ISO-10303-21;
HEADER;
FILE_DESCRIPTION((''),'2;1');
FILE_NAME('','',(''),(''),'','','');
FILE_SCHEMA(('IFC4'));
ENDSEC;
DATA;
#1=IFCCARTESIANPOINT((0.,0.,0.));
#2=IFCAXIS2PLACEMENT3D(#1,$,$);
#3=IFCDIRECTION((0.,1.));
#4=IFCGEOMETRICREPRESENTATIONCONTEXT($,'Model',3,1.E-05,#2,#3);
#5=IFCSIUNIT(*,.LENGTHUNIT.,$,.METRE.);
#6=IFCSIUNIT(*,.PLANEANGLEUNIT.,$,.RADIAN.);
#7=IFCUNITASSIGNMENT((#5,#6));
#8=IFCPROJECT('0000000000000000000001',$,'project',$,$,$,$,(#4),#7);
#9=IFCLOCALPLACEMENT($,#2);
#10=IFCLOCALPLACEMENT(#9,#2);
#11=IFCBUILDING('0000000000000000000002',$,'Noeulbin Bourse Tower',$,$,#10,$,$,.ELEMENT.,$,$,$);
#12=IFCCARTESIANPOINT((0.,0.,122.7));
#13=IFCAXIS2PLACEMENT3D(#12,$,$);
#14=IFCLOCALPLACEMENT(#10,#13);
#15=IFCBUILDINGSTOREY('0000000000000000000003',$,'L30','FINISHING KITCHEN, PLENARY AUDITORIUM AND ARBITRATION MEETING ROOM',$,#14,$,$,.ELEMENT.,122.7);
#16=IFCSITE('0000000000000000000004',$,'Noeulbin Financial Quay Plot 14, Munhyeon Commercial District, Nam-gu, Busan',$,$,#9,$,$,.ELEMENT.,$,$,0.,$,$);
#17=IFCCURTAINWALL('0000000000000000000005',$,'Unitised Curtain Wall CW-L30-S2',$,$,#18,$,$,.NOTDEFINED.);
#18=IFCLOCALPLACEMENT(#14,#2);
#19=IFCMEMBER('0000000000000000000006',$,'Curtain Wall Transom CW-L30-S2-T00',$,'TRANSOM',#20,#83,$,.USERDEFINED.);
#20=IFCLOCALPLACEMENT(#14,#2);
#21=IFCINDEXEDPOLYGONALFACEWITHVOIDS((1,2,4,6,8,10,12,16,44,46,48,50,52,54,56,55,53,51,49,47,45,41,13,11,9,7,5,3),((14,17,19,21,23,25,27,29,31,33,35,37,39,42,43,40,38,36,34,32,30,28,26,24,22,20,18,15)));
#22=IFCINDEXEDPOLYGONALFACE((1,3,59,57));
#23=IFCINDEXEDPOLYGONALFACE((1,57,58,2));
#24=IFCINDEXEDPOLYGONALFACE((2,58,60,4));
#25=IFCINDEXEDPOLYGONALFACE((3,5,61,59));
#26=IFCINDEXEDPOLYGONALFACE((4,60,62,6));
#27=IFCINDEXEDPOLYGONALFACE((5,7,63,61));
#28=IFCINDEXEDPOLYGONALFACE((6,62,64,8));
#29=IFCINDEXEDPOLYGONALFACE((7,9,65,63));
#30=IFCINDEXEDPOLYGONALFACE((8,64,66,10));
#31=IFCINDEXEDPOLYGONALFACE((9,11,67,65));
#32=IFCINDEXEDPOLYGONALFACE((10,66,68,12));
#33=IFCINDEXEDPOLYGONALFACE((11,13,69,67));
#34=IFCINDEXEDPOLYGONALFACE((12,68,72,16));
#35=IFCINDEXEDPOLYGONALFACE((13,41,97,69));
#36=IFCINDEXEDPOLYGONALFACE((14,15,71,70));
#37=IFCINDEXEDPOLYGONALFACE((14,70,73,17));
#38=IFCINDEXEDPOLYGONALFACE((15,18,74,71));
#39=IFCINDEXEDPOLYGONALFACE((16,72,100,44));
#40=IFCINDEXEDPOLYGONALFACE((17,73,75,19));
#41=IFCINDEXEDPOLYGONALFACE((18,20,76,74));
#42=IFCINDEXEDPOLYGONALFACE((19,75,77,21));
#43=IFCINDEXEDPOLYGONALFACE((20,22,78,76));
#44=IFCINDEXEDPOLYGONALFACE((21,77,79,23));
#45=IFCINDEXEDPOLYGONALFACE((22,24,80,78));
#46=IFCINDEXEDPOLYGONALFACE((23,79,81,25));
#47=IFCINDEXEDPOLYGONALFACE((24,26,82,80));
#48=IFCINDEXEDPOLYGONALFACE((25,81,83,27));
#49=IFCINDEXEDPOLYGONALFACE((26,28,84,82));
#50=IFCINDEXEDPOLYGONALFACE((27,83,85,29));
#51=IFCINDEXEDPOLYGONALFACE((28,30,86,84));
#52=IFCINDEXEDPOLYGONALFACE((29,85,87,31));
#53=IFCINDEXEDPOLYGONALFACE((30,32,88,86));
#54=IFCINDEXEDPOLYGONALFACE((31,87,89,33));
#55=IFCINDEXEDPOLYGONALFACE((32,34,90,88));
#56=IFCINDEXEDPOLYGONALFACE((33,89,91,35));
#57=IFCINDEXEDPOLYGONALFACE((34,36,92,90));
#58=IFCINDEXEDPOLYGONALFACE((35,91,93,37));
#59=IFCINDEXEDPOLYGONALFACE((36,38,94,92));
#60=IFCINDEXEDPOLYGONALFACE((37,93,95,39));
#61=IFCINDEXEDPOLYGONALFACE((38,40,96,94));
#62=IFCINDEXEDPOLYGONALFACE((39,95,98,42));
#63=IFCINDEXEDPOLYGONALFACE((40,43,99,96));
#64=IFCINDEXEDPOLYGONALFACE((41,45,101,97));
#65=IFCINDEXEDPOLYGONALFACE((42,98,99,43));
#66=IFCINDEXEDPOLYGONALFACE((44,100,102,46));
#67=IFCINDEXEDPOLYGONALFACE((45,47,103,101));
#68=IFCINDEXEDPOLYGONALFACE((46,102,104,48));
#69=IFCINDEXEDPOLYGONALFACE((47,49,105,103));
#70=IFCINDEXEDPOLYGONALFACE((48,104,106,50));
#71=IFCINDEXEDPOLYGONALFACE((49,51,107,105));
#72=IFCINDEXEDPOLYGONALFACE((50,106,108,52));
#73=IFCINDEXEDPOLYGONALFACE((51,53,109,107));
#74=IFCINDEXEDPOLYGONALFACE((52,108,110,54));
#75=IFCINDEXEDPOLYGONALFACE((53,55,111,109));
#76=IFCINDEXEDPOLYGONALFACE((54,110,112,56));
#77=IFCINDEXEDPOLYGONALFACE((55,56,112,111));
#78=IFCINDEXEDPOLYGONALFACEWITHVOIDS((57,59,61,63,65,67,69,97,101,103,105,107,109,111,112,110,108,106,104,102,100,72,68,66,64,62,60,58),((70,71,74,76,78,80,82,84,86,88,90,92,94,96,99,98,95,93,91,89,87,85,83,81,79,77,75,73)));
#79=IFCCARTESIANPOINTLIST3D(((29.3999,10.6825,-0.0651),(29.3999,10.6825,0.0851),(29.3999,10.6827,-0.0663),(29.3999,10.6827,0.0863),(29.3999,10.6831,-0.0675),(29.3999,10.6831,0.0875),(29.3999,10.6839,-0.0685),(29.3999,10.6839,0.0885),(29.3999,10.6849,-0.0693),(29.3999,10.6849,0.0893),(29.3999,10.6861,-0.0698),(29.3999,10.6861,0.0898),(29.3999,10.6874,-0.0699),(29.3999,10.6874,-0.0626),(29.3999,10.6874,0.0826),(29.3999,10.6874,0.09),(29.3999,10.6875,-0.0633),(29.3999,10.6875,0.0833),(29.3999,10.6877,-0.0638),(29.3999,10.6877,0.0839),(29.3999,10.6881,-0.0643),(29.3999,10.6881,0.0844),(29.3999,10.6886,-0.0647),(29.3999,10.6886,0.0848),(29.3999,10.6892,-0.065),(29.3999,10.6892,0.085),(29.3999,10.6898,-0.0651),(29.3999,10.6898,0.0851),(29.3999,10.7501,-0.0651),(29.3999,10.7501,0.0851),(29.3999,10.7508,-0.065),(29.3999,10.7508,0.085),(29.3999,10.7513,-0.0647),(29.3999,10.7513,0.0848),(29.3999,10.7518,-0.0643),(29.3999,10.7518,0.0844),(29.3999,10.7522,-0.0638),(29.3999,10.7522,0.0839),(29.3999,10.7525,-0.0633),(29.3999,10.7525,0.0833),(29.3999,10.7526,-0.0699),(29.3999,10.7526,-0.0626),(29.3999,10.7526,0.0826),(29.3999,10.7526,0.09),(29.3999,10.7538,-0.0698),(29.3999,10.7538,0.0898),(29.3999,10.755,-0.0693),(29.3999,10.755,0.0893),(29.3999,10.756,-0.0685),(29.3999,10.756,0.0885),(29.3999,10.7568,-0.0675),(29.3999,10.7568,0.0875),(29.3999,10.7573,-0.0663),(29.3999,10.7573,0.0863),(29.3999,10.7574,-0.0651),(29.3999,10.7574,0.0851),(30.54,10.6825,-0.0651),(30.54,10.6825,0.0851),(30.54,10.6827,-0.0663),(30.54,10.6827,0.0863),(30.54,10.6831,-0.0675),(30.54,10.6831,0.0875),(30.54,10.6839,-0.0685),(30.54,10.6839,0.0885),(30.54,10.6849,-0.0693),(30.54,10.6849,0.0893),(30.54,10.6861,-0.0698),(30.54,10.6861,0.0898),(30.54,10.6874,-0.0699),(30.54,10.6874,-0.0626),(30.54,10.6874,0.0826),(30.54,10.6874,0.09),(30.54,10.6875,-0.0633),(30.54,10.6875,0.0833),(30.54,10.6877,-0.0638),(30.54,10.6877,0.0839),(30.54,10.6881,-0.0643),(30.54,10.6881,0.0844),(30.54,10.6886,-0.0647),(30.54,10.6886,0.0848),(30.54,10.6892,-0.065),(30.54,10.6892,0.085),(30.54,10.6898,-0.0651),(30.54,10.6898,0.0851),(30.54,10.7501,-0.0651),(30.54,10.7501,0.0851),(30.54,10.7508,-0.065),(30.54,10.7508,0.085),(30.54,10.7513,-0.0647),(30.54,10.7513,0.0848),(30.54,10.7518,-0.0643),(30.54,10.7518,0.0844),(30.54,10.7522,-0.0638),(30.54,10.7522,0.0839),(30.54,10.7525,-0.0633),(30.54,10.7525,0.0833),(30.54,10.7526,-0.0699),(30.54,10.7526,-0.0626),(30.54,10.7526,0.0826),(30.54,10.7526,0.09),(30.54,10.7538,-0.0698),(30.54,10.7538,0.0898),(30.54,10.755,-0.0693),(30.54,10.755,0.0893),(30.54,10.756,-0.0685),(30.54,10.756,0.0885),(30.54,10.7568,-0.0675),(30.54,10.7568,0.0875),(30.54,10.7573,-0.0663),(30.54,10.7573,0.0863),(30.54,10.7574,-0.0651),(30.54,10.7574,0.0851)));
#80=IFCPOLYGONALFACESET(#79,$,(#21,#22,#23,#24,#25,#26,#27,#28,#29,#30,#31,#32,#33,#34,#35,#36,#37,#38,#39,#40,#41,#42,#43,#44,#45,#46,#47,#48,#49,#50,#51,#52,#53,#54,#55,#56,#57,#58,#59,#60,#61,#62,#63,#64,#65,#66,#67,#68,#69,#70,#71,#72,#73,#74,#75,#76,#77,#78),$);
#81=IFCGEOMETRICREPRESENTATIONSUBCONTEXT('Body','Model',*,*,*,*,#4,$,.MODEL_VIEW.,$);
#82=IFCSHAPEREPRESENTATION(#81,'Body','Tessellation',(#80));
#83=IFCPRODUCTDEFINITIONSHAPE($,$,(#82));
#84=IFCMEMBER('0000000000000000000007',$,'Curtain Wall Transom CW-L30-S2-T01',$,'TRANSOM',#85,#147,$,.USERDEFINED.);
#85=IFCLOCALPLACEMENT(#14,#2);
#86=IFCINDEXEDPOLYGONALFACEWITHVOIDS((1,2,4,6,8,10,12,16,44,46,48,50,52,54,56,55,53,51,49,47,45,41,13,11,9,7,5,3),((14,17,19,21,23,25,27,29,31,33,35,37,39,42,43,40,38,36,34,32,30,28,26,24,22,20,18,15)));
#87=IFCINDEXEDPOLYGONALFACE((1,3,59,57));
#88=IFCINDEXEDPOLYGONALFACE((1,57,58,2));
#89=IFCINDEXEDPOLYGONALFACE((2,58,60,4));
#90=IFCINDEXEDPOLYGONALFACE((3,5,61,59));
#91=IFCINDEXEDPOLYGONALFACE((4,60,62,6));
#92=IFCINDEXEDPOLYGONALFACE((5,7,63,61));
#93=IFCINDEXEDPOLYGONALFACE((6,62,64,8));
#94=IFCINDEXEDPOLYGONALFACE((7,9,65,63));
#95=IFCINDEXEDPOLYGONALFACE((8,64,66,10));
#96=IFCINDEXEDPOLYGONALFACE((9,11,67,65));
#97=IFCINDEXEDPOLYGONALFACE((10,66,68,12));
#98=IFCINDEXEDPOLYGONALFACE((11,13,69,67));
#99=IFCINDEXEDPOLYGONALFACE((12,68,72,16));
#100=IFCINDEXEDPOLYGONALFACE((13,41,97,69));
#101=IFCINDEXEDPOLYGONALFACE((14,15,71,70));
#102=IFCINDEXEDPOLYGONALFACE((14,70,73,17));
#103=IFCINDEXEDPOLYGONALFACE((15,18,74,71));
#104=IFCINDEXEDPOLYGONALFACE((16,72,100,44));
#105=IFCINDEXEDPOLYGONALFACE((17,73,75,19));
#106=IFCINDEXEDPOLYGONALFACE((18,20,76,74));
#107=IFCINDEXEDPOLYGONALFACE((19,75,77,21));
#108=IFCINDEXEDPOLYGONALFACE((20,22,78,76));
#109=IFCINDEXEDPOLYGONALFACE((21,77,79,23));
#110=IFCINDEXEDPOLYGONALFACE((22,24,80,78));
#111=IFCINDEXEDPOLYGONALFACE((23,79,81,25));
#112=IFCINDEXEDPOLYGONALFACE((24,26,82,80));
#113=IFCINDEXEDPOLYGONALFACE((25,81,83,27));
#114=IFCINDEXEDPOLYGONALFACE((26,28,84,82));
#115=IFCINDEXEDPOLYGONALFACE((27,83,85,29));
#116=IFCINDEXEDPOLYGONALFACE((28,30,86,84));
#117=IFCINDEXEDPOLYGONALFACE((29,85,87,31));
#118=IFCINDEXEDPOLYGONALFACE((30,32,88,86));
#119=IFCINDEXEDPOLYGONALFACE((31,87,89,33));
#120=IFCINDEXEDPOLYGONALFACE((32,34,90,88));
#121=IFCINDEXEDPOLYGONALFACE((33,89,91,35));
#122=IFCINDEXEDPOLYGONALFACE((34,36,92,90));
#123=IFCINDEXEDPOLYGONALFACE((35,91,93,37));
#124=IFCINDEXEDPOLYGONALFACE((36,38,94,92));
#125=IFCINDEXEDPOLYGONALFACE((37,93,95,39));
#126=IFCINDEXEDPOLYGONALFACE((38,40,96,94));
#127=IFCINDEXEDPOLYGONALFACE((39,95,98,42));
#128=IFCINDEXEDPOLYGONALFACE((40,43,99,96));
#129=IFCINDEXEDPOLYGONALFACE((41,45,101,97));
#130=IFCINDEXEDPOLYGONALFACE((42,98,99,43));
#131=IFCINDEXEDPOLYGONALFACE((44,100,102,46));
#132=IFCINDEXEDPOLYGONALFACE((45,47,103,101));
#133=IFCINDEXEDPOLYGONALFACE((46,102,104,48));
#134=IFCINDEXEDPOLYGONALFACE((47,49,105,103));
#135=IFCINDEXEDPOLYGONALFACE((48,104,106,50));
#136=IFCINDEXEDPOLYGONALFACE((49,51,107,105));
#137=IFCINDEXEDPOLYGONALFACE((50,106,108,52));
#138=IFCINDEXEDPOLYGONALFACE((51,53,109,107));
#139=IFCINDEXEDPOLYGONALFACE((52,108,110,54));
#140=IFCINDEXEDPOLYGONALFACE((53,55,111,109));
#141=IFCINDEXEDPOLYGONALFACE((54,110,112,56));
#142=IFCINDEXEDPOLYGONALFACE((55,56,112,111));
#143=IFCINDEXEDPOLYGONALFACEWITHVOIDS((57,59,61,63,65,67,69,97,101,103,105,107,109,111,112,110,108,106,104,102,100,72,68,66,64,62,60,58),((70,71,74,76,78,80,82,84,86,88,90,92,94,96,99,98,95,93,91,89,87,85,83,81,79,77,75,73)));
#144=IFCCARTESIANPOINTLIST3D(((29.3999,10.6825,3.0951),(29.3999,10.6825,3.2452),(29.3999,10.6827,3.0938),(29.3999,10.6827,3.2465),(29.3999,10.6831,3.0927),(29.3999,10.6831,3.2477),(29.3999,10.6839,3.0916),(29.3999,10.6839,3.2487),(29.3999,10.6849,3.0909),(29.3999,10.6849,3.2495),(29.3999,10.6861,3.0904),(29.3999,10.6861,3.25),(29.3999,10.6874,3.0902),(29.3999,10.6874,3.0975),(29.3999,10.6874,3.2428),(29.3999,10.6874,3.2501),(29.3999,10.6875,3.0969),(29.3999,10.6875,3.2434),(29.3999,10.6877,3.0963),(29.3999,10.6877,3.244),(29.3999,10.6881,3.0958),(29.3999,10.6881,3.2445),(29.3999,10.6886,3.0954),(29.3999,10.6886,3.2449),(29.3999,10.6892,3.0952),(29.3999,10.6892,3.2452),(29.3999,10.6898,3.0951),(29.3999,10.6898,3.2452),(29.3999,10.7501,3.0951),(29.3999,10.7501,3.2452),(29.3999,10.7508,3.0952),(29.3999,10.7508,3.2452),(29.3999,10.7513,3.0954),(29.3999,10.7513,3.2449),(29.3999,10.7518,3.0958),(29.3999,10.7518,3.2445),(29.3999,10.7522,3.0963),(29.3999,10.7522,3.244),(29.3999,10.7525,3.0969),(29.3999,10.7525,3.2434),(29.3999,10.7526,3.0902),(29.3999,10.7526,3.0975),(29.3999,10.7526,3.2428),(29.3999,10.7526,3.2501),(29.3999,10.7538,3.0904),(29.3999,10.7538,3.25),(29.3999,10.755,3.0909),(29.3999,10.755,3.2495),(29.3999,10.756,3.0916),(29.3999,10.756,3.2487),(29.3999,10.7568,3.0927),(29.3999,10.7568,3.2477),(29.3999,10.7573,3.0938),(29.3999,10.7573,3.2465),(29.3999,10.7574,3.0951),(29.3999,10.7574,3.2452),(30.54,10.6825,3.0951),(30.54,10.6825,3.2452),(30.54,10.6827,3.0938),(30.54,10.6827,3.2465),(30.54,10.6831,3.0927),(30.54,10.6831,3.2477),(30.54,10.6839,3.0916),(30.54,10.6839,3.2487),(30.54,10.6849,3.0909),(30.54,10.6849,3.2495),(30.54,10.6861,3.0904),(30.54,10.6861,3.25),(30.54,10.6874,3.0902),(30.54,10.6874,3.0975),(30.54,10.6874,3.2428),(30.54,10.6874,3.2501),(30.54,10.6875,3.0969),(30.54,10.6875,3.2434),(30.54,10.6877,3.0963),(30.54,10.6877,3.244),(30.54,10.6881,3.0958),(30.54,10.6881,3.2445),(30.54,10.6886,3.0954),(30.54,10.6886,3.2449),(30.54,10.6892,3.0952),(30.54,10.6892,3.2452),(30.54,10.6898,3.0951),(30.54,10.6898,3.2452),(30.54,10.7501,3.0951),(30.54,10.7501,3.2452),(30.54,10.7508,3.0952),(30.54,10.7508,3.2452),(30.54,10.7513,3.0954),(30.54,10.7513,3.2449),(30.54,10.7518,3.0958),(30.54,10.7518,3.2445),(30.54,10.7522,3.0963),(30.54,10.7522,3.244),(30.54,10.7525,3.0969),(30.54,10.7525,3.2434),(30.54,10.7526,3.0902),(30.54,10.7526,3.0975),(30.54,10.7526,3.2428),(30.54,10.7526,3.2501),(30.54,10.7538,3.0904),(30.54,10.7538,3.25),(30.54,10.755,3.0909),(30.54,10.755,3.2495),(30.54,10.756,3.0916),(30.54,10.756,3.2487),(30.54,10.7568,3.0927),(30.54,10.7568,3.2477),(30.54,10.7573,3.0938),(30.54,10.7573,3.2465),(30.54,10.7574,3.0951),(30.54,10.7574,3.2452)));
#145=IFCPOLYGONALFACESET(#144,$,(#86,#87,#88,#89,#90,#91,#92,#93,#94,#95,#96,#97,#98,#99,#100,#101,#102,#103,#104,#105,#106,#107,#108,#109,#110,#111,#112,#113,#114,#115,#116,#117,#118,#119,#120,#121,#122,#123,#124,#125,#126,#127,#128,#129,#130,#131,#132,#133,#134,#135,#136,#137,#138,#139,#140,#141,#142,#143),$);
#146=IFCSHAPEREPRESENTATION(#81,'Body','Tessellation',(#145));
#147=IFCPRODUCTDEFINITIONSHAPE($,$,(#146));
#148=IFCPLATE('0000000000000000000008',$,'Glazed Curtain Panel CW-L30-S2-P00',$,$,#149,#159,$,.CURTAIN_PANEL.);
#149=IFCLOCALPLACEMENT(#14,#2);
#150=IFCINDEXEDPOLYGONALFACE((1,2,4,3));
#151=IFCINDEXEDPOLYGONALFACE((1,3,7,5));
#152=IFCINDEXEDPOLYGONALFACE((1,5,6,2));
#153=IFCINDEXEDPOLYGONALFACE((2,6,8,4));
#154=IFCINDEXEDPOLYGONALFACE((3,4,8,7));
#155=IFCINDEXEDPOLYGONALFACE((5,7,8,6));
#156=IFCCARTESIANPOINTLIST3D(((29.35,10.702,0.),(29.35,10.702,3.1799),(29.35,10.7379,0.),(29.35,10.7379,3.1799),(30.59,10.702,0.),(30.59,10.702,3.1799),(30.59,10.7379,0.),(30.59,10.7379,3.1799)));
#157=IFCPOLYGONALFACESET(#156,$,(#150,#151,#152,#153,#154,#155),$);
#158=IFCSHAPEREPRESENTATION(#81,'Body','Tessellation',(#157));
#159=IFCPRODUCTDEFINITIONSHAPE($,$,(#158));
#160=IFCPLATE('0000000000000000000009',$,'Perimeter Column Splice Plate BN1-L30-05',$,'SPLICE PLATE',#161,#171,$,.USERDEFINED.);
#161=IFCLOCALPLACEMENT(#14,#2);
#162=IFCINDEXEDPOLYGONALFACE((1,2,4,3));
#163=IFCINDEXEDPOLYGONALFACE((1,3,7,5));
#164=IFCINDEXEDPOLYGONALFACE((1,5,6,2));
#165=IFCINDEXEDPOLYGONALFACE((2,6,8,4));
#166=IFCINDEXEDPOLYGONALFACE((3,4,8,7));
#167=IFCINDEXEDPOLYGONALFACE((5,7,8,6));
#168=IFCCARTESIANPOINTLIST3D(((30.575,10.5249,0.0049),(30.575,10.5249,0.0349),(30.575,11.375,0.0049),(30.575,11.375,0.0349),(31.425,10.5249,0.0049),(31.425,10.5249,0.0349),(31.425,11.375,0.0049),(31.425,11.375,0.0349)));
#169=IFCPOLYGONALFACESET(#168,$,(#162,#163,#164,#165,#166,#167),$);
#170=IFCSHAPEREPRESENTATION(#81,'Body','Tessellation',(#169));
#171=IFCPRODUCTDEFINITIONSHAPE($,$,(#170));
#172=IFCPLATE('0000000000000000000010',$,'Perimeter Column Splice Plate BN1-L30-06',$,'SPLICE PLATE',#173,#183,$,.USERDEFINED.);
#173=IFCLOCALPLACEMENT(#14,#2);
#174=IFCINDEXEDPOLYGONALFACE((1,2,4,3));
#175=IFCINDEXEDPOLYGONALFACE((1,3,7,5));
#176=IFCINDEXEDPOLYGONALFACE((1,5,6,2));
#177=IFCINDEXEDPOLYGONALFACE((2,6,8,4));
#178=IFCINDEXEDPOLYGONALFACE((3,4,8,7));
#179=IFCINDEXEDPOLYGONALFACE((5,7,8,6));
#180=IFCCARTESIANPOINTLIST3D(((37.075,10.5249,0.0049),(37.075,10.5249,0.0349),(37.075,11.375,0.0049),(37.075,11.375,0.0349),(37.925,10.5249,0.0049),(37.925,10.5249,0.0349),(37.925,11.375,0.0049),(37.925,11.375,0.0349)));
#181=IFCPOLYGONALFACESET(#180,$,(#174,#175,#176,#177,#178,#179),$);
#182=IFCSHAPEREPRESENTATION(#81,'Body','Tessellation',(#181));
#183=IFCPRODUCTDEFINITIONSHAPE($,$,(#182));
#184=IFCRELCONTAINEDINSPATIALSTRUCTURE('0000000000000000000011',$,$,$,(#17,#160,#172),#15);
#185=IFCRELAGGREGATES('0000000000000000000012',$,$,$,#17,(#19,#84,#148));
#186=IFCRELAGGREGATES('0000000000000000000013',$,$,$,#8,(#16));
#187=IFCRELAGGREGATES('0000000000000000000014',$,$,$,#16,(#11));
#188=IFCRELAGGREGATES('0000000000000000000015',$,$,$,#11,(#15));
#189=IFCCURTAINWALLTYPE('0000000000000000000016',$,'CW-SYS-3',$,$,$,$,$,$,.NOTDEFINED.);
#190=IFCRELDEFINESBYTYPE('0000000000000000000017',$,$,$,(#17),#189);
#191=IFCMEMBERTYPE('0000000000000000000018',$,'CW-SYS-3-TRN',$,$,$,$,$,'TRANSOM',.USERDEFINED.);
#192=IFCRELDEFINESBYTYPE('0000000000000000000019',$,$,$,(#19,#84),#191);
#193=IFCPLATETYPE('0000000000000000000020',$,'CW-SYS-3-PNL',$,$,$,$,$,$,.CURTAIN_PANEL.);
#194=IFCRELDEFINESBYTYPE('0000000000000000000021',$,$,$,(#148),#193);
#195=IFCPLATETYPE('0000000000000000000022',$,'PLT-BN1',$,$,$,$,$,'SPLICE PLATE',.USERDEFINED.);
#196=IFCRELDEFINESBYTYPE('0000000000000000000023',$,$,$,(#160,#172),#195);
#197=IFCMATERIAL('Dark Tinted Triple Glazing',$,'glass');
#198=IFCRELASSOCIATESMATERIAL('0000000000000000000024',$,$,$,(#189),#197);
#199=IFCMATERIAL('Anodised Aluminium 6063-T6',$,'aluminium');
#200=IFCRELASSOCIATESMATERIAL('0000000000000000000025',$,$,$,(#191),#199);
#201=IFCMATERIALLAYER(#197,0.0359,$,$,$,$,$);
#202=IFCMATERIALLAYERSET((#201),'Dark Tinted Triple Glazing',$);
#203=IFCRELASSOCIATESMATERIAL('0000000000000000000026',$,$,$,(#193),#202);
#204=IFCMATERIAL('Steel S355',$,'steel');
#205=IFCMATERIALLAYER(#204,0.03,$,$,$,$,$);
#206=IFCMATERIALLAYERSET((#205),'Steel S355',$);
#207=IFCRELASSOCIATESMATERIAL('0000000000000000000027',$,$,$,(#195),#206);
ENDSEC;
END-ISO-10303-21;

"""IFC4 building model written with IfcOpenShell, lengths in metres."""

from ifc_helpers import new_model, si_unit, direction, frame, origin, origin_2d, place, context, subcontext, project, spatial, rectangle, hollow_rectangle, extrude, material, layer, layer_set, material_profile, profile_set, type_object, element, aggregate, save


model = new_model("IFC4")

# Units and contexts
model_context = context("Model", 3, precision=1e-05, world=origin(), true_north=direction((0.0, 1.0)))
body_context = subcontext(model_context, "Body", "Model", "MODEL_VIEW")
ifc_project = project(units=[si_unit("LENGTHUNIT", "METRE"), si_unit("PLANEANGLEUNIT", "RADIAN")], contexts=[model_context])

# Site, building, storey
site_placement = place(None, origin())
site = spatial("IfcSite", under=ifc_project, at=site_placement, Name="Noeulbin Financial Quay Plot 14, Munhyeon Commercial District, Nam-gu, Busan", CompositionType="ELEMENT", RefElevation=0.0)
building_placement = place(site_placement, origin())
building = spatial("IfcBuilding", under=site, at=building_placement, Name="Noeulbin Bourse Tower", CompositionType="ELEMENT")
storey_placement = place(building_placement, frame((0.0, 0.0, 122.7)))
storey = spatial("IfcBuildingStorey", under=building, at=storey_placement, Name="L30", Description="FINISHING KITCHEN, PLENARY AUDITORIUM AND ARBITRATION MEETING ROOM", CompositionType="ELEMENT", Elevation=122.7)

# Shared definitions
ifc_material_1 = material(Name="Steel S355", Category="steel")

# Curtain wall, members, plate
ifc_material_2 = material(Name="Dark Tinted Triple Glazing", Category="glass")
curtain_wall_type = type_object("IfcCurtainWallType", Name="CW-SYS-3", PredefinedType="NOTDEFINED", material=ifc_material_2)
curtain_wall_placement = place(storey_placement, origin())
curtain_wall = element("IfcCurtainWall", 1, at=curtain_wall_placement, inside=storey, type_object=curtain_wall_type, Name="Unitised Curtain Wall CW-L30-S2", PredefinedType="NOTDEFINED")
ifc_material_3 = material(Name="Anodised Aluminium 6063-T6", Category="aluminium")
ifc_material_profile_1 = material_profile(ifc_material_3, hollow_rectangle(XDim=0.075, YDim=0.1599, WallThickness=0.0049, InnerFilletRadius=0.0024, OuterFilletRadius=0.0049, at=origin_2d()), Name="ALU-TRAN-75x160x5", Category="LoadBearing")
ifc_profile_set_1 = profile_set([ifc_material_profile_1], Name="Anodised Aluminium 6063-T6")
member_type_1 = type_object("IfcMemberType", Name="CW-SYS-3-TRN", ElementType="TRANSOM", PredefinedType="USERDEFINED", material=ifc_profile_set_1)
member_1_placement = place(storey_placement, frame((29.3999, 10.72, 0.01), z_axis=(1.0, 0.0, 0.0), x_axis=(0.0, 1.0, 0.0)))
member_1 = element("IfcMember", 2, at=member_1_placement, type_object=member_type_1, Name="Curtain Wall Transom CW-L30-S2-T00", ObjectType="TRANSOM", PredefinedType="USERDEFINED", context=body_context, shape_type="SweptSolid", body=[
    extrude(hollow_rectangle(XDim=0.075, YDim=0.1599, WallThickness=0.0049, InnerFilletRadius=0.0024, OuterFilletRadius=0.0049, at=origin_2d()), origin(), (0.0, 0.0, 1.0), 1.1401),
])
member_2_placement = place(storey_placement, frame((29.3999, 10.72, 3.1702), z_axis=(1.0, 0.0, 0.0), x_axis=(0.0, 1.0, 0.0)))
member_2 = element("IfcMember", 3, at=member_2_placement, type_object=member_type_1, Name="Curtain Wall Transom CW-L30-S2-T01", ObjectType="TRANSOM", PredefinedType="USERDEFINED", context=body_context, shape_type="SweptSolid", body=[
    extrude(hollow_rectangle(XDim=0.075, YDim=0.1599, WallThickness=0.0049, InnerFilletRadius=0.0024, OuterFilletRadius=0.0049, at=origin_2d()), origin(), (0.0, 0.0, 1.0), 1.1401),
])
ifc_layer_1 = layer(ifc_material_2, 0.0359)
ifc_layer_set_1 = layer_set([ifc_layer_1], Name="Dark Tinted Triple Glazing")
plate_type_1 = type_object("IfcPlateType", Name="CW-SYS-3-PNL", PredefinedType="CURTAIN_PANEL", material=ifc_layer_set_1)
plate_placement = place(storey_placement, frame((29.97, 10.72, 0.0), z_axis=(0.0, 0.0, 1.0), x_axis=(1.0, 0.0, 0.0)))
plate = element("IfcPlate", 4, at=plate_placement, type_object=plate_type_1, Name="Glazed Curtain Panel CW-L30-S2-P00", PredefinedType="CURTAIN_PANEL", context=body_context, shape_type="SweptSolid", body=[
    extrude(rectangle(XDim=1.24, YDim=0.0359, at=origin_2d()), origin(), (0.0, 0.0, 1.0), 3.1799),
])
aggregate(curtain_wall, [member_1, member_2, plate])

# Plates
ifc_layer_2 = layer(ifc_material_1, 0.03)
ifc_layer_set_2 = layer_set([ifc_layer_2], Name="Steel S355")
plate_type_2 = type_object("IfcPlateType", Name="PLT-BN1", ElementType="SPLICE PLATE", PredefinedType="USERDEFINED", material=ifc_layer_set_2)
for number, where, z_axis, x_axis, name in (
    (5, (31.0, 10.95, 0.0049), (0.0, 0.0, 1.0), (1.0, 0.0, 0.0), "Perimeter Column Splice Plate BN1-L30-05"),
    (6, (37.5, 10.95, 0.0049), (0.0, 0.0, 1.0), (1.0, 0.0, 0.0), "Perimeter Column Splice Plate BN1-L30-06"),
):
    element("IfcPlate", number, at=place(storey_placement, frame(where, z_axis=z_axis, x_axis=x_axis)), inside=storey, type_object=plate_type_2, Name=name, ObjectType="SPLICE PLATE", PredefinedType="USERDEFINED", context=body_context, shape_type="SweptSolid", body=[
        extrude(rectangle(XDim=0.8501, YDim=0.8501, at=origin_2d()), origin(), (0.0, 0.0, 1.0), 0.03),
    ])

save(model, "model.ifc")
